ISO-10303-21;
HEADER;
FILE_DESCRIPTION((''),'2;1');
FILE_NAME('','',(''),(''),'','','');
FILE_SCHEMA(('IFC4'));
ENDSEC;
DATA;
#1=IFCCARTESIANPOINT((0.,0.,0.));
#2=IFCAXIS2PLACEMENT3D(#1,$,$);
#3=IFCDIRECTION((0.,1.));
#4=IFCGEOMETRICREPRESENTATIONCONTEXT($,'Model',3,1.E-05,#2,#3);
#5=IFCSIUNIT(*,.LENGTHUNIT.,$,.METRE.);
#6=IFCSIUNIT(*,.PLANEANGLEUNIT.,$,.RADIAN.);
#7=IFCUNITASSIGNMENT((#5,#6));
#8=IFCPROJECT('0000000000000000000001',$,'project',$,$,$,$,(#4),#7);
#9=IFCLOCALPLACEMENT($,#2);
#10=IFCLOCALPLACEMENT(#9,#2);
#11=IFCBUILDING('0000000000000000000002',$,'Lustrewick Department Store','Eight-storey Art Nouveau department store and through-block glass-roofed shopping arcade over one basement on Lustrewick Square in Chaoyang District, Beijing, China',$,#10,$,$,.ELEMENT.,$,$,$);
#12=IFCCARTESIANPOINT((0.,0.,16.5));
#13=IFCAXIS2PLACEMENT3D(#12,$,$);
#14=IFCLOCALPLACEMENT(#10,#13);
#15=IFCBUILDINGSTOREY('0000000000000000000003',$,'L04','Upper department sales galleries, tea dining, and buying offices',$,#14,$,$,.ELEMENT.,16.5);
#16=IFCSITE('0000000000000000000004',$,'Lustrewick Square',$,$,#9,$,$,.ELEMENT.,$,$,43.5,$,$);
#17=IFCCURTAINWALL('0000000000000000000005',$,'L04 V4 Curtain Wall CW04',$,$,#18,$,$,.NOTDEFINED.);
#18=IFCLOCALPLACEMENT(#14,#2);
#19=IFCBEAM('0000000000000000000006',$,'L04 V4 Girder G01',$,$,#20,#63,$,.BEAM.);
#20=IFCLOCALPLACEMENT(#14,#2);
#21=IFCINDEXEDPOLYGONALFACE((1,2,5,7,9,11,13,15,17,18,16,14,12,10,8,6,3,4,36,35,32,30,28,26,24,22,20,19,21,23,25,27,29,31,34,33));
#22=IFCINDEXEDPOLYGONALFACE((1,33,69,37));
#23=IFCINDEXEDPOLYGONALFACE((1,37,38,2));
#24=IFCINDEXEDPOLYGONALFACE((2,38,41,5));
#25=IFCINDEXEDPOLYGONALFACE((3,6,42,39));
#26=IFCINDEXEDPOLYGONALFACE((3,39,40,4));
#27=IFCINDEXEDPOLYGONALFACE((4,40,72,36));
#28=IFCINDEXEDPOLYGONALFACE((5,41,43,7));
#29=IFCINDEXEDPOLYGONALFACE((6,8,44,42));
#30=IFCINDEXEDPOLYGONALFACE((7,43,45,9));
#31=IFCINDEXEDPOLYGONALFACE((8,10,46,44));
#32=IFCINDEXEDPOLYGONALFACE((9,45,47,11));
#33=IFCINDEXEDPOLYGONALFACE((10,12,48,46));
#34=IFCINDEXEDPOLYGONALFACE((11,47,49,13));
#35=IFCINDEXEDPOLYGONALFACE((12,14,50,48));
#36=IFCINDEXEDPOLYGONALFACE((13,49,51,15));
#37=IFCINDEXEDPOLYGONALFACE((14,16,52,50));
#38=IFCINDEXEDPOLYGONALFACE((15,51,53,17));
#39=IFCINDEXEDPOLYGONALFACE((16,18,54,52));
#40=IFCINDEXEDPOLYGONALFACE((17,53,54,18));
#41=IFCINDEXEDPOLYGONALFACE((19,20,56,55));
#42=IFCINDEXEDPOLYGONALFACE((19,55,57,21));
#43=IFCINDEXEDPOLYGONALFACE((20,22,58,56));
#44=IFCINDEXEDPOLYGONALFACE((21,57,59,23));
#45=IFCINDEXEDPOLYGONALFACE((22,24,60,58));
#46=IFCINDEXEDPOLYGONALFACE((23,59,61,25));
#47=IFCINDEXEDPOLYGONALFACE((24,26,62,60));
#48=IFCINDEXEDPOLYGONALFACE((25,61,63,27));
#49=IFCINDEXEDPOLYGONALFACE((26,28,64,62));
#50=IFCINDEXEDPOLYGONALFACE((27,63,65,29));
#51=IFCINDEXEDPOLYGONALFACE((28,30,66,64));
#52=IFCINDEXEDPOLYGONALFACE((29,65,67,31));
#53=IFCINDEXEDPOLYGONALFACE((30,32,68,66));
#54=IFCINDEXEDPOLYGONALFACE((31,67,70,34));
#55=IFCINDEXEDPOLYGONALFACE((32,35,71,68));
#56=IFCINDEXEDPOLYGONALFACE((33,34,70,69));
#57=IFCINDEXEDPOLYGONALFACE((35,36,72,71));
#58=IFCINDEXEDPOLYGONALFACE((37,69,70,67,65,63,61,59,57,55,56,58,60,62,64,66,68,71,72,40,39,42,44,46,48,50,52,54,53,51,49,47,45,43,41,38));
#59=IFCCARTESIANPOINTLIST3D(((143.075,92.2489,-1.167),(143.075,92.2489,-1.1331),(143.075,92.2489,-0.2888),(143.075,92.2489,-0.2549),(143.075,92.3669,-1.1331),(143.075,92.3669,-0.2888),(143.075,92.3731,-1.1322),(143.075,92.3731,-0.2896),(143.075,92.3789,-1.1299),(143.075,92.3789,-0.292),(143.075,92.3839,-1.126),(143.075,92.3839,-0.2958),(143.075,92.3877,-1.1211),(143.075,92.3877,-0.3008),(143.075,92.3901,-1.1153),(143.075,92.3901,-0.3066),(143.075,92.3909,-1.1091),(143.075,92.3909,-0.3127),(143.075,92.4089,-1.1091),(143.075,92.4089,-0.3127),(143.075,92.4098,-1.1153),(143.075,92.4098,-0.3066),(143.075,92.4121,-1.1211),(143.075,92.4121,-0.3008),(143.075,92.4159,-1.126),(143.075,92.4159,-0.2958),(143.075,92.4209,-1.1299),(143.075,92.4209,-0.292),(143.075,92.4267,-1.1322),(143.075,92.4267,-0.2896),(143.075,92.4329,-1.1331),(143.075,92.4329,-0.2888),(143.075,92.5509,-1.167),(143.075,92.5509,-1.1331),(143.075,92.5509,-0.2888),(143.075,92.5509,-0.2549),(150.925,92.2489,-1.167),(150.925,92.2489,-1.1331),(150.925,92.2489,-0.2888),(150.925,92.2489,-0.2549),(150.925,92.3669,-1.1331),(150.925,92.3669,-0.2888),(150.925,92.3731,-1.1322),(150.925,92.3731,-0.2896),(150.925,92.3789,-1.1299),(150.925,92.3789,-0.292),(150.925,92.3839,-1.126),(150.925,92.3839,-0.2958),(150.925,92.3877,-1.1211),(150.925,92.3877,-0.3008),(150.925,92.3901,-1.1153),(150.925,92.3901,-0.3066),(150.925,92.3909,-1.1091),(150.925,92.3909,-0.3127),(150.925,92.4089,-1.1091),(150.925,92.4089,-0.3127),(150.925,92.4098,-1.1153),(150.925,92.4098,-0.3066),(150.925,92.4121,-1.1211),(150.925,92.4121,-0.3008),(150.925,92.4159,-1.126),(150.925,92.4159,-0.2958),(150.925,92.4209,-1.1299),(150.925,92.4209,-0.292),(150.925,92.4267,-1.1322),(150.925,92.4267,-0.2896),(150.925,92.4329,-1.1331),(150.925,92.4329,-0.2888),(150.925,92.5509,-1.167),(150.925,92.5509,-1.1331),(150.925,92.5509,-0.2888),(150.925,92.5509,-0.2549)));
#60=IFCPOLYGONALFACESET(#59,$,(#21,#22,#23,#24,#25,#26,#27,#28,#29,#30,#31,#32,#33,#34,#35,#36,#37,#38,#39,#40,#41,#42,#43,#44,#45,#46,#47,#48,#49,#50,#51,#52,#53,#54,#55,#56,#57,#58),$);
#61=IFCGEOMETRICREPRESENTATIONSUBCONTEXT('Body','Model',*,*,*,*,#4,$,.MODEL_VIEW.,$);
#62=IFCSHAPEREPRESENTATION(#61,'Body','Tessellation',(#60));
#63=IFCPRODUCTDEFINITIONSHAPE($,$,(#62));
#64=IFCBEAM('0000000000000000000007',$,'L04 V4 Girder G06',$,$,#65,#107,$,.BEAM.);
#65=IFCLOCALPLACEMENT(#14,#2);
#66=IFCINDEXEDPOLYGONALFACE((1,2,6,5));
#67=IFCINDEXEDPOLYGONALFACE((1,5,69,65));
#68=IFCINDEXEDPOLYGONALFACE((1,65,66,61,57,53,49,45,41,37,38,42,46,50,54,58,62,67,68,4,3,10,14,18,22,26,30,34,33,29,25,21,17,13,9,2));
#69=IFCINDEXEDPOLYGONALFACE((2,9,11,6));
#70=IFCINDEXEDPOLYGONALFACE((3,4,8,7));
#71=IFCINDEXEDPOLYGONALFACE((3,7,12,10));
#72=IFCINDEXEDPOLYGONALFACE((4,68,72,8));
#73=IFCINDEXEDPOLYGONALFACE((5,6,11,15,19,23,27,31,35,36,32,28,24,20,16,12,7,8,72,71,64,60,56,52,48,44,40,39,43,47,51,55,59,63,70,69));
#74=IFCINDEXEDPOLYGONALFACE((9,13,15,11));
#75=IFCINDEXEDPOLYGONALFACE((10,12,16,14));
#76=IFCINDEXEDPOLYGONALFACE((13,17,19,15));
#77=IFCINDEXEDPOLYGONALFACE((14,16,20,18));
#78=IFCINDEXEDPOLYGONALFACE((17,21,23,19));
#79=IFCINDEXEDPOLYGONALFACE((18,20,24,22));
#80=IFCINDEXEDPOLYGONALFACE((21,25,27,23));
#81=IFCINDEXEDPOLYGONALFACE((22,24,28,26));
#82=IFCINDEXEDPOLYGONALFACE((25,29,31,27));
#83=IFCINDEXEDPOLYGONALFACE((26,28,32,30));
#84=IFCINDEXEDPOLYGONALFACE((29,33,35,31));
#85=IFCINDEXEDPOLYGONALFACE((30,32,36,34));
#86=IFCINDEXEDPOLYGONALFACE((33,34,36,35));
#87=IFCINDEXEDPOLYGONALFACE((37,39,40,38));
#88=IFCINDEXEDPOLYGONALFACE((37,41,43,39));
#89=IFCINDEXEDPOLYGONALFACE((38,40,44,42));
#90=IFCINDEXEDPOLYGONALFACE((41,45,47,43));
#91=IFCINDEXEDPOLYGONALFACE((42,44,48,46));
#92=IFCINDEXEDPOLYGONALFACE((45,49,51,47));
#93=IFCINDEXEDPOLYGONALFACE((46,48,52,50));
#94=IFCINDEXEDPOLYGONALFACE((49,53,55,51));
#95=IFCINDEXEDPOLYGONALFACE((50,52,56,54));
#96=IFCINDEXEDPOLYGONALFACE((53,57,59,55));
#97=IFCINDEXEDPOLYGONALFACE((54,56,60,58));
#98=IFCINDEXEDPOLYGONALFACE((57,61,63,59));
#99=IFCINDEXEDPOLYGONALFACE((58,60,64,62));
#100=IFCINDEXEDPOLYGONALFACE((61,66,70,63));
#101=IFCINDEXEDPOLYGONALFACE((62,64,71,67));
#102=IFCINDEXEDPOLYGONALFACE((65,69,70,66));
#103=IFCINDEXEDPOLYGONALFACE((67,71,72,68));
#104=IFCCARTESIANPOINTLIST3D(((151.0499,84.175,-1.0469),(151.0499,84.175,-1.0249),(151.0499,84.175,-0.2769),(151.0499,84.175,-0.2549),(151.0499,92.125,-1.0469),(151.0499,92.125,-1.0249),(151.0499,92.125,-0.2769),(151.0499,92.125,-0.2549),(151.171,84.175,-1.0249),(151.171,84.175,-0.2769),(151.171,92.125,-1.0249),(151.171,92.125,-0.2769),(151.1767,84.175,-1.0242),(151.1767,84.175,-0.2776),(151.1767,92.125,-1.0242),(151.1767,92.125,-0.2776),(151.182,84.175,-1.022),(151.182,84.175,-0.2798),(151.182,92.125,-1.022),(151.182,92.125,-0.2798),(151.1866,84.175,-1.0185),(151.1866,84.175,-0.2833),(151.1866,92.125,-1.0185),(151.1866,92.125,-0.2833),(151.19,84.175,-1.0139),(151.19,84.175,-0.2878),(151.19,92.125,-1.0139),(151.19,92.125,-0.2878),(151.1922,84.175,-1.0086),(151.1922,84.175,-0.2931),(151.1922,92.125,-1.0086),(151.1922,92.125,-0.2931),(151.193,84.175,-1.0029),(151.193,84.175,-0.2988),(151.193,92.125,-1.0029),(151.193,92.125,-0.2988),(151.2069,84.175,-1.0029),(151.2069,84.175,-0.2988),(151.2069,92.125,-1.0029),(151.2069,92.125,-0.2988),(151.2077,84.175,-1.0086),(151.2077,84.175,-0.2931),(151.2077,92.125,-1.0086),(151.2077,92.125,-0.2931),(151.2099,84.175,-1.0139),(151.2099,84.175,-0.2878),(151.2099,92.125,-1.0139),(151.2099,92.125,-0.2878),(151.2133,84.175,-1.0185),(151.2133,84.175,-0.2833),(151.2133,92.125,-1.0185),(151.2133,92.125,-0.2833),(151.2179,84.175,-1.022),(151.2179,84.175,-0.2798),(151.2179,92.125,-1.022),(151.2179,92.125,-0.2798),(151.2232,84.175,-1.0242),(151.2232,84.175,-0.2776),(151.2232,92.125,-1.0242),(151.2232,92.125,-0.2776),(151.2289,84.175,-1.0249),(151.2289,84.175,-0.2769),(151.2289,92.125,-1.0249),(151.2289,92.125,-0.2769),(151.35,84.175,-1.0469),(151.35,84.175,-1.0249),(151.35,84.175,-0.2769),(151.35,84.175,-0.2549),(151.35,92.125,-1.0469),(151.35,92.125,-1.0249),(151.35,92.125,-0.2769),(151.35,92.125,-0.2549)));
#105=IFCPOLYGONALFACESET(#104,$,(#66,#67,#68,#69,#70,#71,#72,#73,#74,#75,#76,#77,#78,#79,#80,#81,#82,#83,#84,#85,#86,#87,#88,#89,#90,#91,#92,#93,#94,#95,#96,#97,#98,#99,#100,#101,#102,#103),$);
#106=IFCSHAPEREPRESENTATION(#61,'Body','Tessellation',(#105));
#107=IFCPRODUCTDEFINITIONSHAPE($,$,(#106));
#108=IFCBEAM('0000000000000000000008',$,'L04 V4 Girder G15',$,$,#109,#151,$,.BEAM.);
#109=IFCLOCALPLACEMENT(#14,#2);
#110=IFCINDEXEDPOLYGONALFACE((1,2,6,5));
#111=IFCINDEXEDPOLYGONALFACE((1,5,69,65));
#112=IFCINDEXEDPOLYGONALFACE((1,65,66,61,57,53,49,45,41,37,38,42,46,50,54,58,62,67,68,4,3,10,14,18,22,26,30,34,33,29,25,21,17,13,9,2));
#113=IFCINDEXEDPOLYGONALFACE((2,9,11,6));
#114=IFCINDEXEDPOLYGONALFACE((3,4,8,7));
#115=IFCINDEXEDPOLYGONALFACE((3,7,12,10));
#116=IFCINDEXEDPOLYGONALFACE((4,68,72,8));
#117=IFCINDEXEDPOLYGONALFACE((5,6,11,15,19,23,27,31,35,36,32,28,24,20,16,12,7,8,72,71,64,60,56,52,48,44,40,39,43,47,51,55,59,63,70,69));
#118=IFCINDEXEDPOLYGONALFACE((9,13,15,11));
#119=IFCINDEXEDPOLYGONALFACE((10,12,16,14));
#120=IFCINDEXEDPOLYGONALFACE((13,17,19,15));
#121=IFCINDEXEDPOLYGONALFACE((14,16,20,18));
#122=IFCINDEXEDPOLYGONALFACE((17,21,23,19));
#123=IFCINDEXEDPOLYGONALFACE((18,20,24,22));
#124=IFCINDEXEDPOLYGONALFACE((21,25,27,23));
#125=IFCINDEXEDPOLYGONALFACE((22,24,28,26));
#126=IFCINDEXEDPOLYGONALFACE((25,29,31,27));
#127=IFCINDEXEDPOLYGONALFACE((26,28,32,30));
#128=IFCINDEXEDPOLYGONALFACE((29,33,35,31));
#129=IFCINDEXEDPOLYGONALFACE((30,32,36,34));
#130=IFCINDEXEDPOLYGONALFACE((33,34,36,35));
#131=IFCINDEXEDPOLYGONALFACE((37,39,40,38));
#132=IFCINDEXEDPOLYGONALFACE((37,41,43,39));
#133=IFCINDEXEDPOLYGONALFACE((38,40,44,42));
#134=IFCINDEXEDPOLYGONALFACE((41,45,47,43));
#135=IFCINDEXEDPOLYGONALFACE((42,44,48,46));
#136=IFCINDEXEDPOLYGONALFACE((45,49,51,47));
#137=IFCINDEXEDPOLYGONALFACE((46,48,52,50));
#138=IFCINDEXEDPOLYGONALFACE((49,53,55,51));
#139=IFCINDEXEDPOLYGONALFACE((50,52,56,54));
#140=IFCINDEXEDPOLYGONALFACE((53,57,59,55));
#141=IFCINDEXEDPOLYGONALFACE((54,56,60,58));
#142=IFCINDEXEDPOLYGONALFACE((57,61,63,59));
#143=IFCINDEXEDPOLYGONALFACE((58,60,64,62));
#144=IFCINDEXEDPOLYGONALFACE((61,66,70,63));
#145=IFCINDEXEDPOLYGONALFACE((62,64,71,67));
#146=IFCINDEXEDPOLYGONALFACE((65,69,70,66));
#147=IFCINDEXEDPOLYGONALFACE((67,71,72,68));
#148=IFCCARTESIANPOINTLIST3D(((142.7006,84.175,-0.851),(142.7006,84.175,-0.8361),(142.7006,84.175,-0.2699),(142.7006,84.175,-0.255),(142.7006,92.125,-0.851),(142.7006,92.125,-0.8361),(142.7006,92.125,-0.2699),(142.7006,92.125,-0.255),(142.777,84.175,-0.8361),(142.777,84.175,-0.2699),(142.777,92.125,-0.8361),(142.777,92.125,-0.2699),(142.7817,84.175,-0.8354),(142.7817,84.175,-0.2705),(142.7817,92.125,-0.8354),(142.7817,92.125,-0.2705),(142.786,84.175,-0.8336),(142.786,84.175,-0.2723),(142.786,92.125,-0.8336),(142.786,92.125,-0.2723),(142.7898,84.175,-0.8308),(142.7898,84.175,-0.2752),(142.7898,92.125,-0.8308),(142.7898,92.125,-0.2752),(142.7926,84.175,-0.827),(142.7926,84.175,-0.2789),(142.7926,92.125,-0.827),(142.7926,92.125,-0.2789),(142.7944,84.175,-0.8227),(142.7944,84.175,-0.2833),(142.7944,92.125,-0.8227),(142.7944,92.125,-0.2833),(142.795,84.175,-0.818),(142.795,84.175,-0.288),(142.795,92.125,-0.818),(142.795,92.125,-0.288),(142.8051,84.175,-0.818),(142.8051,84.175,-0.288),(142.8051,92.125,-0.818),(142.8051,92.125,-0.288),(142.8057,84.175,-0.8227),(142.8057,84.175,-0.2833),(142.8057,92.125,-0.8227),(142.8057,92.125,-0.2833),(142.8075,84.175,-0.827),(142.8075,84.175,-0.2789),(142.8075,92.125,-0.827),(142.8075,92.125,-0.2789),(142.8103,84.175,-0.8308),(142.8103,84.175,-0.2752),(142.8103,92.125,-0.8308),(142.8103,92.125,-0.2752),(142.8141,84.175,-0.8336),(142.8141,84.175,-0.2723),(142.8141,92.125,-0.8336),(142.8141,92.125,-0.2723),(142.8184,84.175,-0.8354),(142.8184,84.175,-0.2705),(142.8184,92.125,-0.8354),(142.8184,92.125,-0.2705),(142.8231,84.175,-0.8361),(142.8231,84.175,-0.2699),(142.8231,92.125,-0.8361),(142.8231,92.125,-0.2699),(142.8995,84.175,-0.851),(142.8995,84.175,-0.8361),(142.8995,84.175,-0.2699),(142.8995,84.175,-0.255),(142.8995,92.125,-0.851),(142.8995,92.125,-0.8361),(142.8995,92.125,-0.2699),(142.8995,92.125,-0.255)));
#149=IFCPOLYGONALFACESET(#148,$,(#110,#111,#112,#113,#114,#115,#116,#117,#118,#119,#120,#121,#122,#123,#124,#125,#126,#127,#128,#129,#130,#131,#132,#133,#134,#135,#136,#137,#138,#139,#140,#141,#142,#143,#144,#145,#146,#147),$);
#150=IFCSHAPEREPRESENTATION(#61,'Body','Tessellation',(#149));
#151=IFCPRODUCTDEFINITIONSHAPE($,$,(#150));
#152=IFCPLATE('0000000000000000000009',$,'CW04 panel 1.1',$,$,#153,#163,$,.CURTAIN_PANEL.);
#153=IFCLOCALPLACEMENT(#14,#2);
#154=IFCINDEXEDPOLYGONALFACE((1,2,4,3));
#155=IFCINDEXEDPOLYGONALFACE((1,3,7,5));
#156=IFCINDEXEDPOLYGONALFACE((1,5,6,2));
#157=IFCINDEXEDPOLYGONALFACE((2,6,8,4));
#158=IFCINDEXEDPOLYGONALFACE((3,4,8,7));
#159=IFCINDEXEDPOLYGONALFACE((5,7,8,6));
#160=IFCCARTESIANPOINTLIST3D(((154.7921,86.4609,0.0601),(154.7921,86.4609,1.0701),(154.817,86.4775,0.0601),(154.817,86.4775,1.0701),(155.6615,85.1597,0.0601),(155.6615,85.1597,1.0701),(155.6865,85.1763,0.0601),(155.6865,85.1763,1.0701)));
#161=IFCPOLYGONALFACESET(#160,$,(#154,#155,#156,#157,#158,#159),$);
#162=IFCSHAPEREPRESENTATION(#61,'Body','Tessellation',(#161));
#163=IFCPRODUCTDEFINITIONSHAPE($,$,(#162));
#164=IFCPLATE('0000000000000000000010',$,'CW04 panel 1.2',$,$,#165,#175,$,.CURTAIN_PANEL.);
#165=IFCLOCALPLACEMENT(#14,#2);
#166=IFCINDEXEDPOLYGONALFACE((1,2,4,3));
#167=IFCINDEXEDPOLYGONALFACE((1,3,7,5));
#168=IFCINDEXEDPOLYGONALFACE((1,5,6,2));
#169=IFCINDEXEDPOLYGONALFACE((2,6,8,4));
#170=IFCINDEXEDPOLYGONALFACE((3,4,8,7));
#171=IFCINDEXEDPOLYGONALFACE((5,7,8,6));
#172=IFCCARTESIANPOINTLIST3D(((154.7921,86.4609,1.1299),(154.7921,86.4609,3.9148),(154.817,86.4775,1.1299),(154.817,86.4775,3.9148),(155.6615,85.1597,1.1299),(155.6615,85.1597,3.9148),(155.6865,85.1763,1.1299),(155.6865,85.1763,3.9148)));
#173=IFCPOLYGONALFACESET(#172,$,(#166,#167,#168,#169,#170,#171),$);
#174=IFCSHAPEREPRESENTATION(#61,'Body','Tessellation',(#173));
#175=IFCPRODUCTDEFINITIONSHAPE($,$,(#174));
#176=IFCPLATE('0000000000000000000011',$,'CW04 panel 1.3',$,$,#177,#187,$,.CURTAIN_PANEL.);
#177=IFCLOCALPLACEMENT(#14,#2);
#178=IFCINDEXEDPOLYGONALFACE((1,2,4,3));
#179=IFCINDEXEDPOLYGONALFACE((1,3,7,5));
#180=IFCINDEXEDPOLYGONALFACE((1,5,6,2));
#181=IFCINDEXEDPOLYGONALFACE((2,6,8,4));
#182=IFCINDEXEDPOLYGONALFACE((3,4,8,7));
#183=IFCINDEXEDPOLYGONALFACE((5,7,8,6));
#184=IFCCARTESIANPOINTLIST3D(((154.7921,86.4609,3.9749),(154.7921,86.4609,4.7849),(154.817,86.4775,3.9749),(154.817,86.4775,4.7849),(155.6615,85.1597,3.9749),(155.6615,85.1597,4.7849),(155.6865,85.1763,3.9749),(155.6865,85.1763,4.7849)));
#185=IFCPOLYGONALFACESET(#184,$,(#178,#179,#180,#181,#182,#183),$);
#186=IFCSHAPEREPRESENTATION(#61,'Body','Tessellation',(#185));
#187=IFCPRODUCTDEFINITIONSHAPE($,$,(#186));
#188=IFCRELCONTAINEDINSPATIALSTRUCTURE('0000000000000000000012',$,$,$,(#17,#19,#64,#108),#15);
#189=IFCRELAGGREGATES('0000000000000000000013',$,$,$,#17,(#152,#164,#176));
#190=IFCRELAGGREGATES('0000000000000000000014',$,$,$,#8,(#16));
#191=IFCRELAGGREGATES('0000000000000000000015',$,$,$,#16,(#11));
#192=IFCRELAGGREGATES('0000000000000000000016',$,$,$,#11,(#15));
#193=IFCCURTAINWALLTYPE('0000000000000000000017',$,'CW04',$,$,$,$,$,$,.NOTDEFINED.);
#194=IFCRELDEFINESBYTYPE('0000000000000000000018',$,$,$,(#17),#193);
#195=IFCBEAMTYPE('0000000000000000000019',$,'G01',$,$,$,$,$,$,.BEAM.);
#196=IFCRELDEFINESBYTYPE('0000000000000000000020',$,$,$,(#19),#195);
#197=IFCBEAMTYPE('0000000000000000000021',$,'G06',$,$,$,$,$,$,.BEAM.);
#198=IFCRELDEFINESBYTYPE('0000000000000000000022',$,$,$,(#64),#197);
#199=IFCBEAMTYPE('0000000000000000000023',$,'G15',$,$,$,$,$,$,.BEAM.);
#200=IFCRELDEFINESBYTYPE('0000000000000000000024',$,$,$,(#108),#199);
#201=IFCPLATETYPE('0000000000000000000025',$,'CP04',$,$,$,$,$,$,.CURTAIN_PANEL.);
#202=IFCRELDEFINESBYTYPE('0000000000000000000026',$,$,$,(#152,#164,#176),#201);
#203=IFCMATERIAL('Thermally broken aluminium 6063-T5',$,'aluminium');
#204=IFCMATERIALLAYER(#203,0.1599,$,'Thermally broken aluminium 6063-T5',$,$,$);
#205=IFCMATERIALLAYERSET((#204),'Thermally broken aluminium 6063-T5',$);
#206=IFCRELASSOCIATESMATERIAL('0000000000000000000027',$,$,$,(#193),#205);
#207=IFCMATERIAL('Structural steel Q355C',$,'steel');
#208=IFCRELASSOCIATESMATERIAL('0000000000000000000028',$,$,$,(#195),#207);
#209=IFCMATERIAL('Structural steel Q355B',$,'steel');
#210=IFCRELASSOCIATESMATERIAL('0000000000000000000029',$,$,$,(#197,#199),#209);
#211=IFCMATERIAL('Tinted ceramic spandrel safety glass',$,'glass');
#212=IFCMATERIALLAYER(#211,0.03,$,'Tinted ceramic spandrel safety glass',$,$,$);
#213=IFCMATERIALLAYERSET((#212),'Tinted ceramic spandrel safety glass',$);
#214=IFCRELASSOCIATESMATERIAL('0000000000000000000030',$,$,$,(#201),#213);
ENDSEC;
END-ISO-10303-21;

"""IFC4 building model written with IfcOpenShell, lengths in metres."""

from ifc_helpers import new_model, si_unit, direction, frame, origin, origin_2d, place, context, subcontext, project, spatial, rectangle, i_section, extrude, material, layer, layer_set, material_profile, profile_set, type_object, element, aggregate, save


model = new_model("IFC4")

# Units and contexts
model_context = context("Model", 3, precision=1e-05, world=origin(), true_north=direction((0.0, 1.0)))
body_context = subcontext(model_context, "Body", "Model", "MODEL_VIEW")
ifc_project = project(units=[si_unit("LENGTHUNIT", "METRE"), si_unit("PLANEANGLEUNIT", "RADIAN")], contexts=[model_context])

# Site, building, storey
site_placement = place(None, origin())
site = spatial("IfcSite", under=ifc_project, at=site_placement, Name="Lustrewick Square", CompositionType="ELEMENT", RefElevation=43.5)
building_placement = place(site_placement, origin())
building = spatial("IfcBuilding", under=site, at=building_placement, Name="Lustrewick Department Store", Description="Eight-storey Art Nouveau department store and through-block glass-roofed shopping arcade over one basement on Lustrewick Square in Chaoyang District, Beijing, China", CompositionType="ELEMENT")
storey_placement = place(building_placement, frame((0.0, 0.0, 16.5)))
storey = spatial("IfcBuildingStorey", under=building, at=storey_placement, Name="L04", Description="Upper department sales galleries, tea dining, and buying offices", CompositionType="ELEMENT", Elevation=16.5)

# Shared definitions
ifc_material_1 = material(Name="Structural steel Q355B", Category="steel")

# Curtain wall
ifc_material_2 = material(Name="Thermally broken aluminium 6063-T5", Category="aluminium")
ifc_layer_1 = layer(ifc_material_2, 0.1599, Name="Thermally broken aluminium 6063-T5")
ifc_layer_set_1 = layer_set([ifc_layer_1], Name="Thermally broken aluminium 6063-T5")
curtain_wall_type_1 = type_object("IfcCurtainWallType", Name="CW04", PredefinedType="NOTDEFINED", material=ifc_layer_set_1)
curtain_wall_1_placement = place(storey_placement, origin())
curtain_wall_1 = element("IfcCurtainWall", 1, at=curtain_wall_1_placement, inside=storey, type_object=curtain_wall_type_1, Name="L04 V4 Curtain Wall CW04", PredefinedType="NOTDEFINED")

# Beams
ifc_material_3 = material(Name="Structural steel Q355C", Category="steel")
ifc_material_profile_1 = material_profile(ifc_material_3, i_section(OverallWidth=0.302, OverallDepth=0.9121, WebThickness=0.0181, FlangeThickness=0.0339, FilletRadius=0.0239, at=origin_2d()), Name="HN 912x302x18x34")
ifc_profile_set_1 = profile_set([ifc_material_profile_1], Name="Structural steel Q355C")
beam_type_1 = type_object("IfcBeamType", Name="G01", PredefinedType="BEAM", material=ifc_profile_set_1)
beam_1_placement = place(storey_placement, frame((143.075, 92.3999, -0.7109), z_axis=(1.0, 0.0, 0.0), x_axis=(0.0, 1.0, 0.0)))
element("IfcBeam", 2, at=beam_1_placement, inside=storey, type_object=beam_type_1, Name="L04 V4 Girder G01", PredefinedType="BEAM", context=body_context, shape_type="SweptSolid", body=[
    extrude(i_section(OverallWidth=0.302, OverallDepth=0.9121, WebThickness=0.0181, FlangeThickness=0.0339, FilletRadius=0.0239, at=origin_2d()), origin(), (0.0, 0.0, 1.0), 7.8501),
])
ifc_material_profile_2 = material_profile(ifc_material_1, i_section(OverallWidth=0.3, OverallDepth=0.792, WebThickness=0.0139, FlangeThickness=0.022, FilletRadius=0.022, at=origin_2d()), Name="HN 792x300x14x22")
ifc_profile_set_2 = profile_set([ifc_material_profile_2], Name="Structural steel Q355B")
beam_type_2 = type_object("IfcBeamType", Name="G06", PredefinedType="BEAM", material=ifc_profile_set_2)
beam_2_placement = place(storey_placement, frame((151.2, 84.175, -0.6509), z_axis=(0.0, 1.0, 0.0), x_axis=(-1.0, 0.0, 0.0)))
element("IfcBeam", 3, at=beam_2_placement, inside=storey, type_object=beam_type_2, Name="L04 V4 Girder G06", PredefinedType="BEAM", context=body_context, shape_type="SweptSolid", body=[
    extrude(i_section(OverallWidth=0.3, OverallDepth=0.792, WebThickness=0.0139, FlangeThickness=0.022, FilletRadius=0.022, at=origin_2d()), origin(), (0.0, 0.0, 1.0), 7.95),
])
ifc_material_profile_3 = material_profile(ifc_material_1, i_section(OverallWidth=0.199, OverallDepth=0.5959, WebThickness=0.01, FlangeThickness=0.0149, FilletRadius=0.0181, at=origin_2d()), Name="HN 596x199x10x15")
ifc_profile_set_3 = profile_set([ifc_material_profile_3], Name="Structural steel Q355B")
beam_type_3 = type_object("IfcBeamType", Name="G15", PredefinedType="BEAM", material=ifc_profile_set_3)
beam_3_placement = place(storey_placement, frame((142.8, 84.175, -0.553), z_axis=(0.0, 1.0, 0.0), x_axis=(-1.0, 0.0, 0.0)))
element("IfcBeam", 4, at=beam_3_placement, inside=storey, type_object=beam_type_3, Name="L04 V4 Girder G15", PredefinedType="BEAM", context=body_context, shape_type="SweptSolid", body=[
    extrude(i_section(OverallWidth=0.199, OverallDepth=0.5959, WebThickness=0.01, FlangeThickness=0.0149, FilletRadius=0.0181, at=origin_2d()), origin(), (0.0, 0.0, 1.0), 7.95),
])

# Plates
ifc_material_4 = material(Name="Tinted ceramic spandrel safety glass", Category="glass")
ifc_layer_2 = layer(ifc_material_4, 0.03, Name="Tinted ceramic spandrel safety glass")
ifc_layer_set_2 = layer_set([ifc_layer_2], Name="Tinted ceramic spandrel safety glass")
plate_type_1 = type_object("IfcPlateType", Name="CP04", PredefinedType="CURTAIN_PANEL", material=ifc_layer_set_2)
plate_1_placement = place(storey_placement, frame((155.2393, 85.8186, 0.0601), z_axis=(0.0, 0.0, 1.0), x_axis=(-0.555563, 0.831475, 0.0)))
plate_1 = element("IfcPlate", 5, at=plate_1_placement, type_object=plate_type_1, Name="CW04 panel 1.1", PredefinedType="CURTAIN_PANEL", context=body_context, shape_type="SweptSolid", body=[
    extrude(rectangle(XDim=1.5649, YDim=0.03, at=origin_2d()), origin(), (0.0, 0.0, 1.0), 1.01),
])
plate_2_placement = place(storey_placement, frame((155.2393, 85.8186, 1.1299), z_axis=(0.0, 0.0, 1.0), x_axis=(-0.555563, 0.831475, 0.0)))
plate_2 = element("IfcPlate", 6, at=plate_2_placement, type_object=plate_type_1, Name="CW04 panel 1.2", PredefinedType="CURTAIN_PANEL", context=body_context, shape_type="SweptSolid", body=[
    extrude(rectangle(XDim=1.5649, YDim=0.03, at=origin_2d()), origin(), (0.0, 0.0, 1.0), 2.7849),
])
plate_3_placement = place(storey_placement, frame((155.2393, 85.8186, 3.9749), z_axis=(0.0, 0.0, 1.0), x_axis=(-0.555563, 0.831475, 0.0)))
plate_3 = element("IfcPlate", 7, at=plate_3_placement, type_object=plate_type_1, Name="CW04 panel 1.3", PredefinedType="CURTAIN_PANEL", context=body_context, shape_type="SweptSolid", body=[
    extrude(rectangle(XDim=1.5649, YDim=0.03, at=origin_2d()), origin(), (0.0, 0.0, 1.0), 0.8101),
])
aggregate(curtain_wall_1, [plate_1, plate_2, plate_3])

save(model, "model.ifc")
